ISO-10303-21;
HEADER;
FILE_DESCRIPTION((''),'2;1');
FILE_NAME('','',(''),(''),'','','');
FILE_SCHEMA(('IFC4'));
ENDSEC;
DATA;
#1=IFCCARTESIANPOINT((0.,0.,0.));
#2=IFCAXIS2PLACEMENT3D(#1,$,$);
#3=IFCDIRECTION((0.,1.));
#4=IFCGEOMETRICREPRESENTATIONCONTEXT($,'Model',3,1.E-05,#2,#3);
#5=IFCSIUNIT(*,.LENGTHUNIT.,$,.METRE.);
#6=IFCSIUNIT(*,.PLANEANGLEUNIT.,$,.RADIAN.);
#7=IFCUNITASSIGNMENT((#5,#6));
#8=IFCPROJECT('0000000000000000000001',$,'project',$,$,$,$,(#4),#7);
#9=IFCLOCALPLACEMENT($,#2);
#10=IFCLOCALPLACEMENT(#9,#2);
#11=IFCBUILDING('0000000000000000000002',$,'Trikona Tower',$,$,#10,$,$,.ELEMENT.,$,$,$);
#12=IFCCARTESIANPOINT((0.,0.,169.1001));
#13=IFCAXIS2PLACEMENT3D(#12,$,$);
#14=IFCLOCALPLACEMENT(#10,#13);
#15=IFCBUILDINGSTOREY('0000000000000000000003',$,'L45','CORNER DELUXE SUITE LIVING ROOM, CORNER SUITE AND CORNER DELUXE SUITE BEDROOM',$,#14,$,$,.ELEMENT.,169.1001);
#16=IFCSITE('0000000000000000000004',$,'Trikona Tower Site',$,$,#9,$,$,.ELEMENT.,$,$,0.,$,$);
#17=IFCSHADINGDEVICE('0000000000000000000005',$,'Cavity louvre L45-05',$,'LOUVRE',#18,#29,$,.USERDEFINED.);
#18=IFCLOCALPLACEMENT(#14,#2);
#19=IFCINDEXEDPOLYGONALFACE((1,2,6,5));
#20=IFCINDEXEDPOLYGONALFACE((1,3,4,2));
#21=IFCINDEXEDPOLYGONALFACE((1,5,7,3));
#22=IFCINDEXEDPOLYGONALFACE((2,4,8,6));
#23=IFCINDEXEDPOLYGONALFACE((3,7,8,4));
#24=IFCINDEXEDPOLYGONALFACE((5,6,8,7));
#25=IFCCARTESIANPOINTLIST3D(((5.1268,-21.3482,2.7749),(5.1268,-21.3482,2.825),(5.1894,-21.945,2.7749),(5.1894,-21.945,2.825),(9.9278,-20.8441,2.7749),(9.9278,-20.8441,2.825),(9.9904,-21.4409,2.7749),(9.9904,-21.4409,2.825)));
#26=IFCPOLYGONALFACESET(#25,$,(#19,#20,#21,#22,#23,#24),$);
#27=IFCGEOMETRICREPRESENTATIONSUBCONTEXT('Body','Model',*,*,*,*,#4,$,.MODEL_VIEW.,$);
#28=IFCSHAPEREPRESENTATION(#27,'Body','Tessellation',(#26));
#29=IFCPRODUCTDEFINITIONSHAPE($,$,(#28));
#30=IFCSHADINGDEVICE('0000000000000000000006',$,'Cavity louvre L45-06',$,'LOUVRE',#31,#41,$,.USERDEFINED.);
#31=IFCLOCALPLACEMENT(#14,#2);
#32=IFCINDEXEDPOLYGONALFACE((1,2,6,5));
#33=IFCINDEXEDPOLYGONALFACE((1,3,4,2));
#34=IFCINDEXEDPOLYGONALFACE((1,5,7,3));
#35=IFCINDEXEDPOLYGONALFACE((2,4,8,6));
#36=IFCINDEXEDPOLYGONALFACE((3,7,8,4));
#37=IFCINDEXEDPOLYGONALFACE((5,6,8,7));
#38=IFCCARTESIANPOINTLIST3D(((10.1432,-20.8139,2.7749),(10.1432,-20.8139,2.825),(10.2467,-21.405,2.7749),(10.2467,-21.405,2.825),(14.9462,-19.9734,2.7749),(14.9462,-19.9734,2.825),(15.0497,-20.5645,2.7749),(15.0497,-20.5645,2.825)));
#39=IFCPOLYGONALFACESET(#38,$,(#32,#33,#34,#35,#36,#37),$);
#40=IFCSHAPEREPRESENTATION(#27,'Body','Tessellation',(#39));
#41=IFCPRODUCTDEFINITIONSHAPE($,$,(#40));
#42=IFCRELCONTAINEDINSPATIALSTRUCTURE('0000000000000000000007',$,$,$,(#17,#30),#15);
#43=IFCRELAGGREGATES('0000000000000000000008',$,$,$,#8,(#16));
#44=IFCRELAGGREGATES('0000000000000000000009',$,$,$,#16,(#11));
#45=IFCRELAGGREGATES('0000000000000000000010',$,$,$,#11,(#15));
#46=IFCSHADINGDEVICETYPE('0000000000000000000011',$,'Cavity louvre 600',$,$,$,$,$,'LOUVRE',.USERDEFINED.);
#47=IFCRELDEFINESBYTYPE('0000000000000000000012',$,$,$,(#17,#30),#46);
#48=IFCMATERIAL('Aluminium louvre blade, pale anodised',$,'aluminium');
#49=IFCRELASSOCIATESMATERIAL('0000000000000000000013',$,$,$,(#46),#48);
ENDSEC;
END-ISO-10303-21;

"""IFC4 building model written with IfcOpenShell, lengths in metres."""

from ifc_helpers import new_model, si_unit, direction, frame, origin, origin_2d, place, context, subcontext, project, spatial, rectangle, extrude, material, type_object, element, save


model = new_model("IFC4")

# Units and contexts
model_context = context("Model", 3, precision=1e-05, world=origin(), true_north=direction((0.0, 1.0)))
body_context = subcontext(model_context, "Body", "Model", "MODEL_VIEW")
ifc_project = project(units=[si_unit("LENGTHUNIT", "METRE"), si_unit("PLANEANGLEUNIT", "RADIAN")], contexts=[model_context])

# Site, building, storey
site_placement = place(None, origin())
site = spatial("IfcSite", under=ifc_project, at=site_placement, Name="Trikona Tower Site", CompositionType="ELEMENT", RefElevation=0.0)
building_placement = place(site_placement, origin())
building = spatial("IfcBuilding", under=site, at=building_placement, Name="Trikona Tower", CompositionType="ELEMENT")
storey_placement = place(building_placement, frame((0.0, 0.0, 169.1001)))
storey = spatial("IfcBuildingStorey", under=building, at=storey_placement, Name="L45", Description="CORNER DELUXE SUITE LIVING ROOM, CORNER SUITE AND CORNER DELUXE SUITE BEDROOM", CompositionType="ELEMENT", Elevation=169.1001)

# Shading devices
ifc_material_1 = material(Name="Aluminium louvre blade, pale anodised", Category="aluminium")
shading_device_type = type_object("IfcShadingDeviceType", Name="Cavity louvre 600", ElementType="LOUVRE", PredefinedType="USERDEFINED", material=ifc_material_1)
shading_device_1_placement = place(storey_placement, frame((7.5586, -21.3945, 2.7749), z_axis=(0.0, 0.0, 1.0), x_axis=(0.994533, 0.104426, 0.0)))
element("IfcShadingDevice", 1, at=shading_device_1_placement, inside=storey, type_object=shading_device_type, Name="Cavity louvre L45-05", ObjectType="LOUVRE", PredefinedType="USERDEFINED", context=body_context, shape_type="SweptSolid", body=[
    extrude(rectangle(XDim=4.8274, YDim=0.6001, at=origin_2d()), origin(), (0.0, 0.0, 1.0), 0.05),
])
shading_device_2_placement = place(storey_placement, frame((12.5964, -20.6892, 2.7749), z_axis=(0.0, 0.0, 1.0), x_axis=(0.985031, 0.17238, 0.0)))
element("IfcShadingDevice", 2, at=shading_device_2_placement, inside=storey, type_object=shading_device_type, Name="Cavity louvre L45-06", ObjectType="LOUVRE", PredefinedType="USERDEFINED", context=body_context, shape_type="SweptSolid", body=[
    extrude(rectangle(XDim=4.876, YDim=0.6001, at=origin_2d()), origin(), (0.0, 0.0, 1.0), 0.05),
])

save(model, "model.ifc")
